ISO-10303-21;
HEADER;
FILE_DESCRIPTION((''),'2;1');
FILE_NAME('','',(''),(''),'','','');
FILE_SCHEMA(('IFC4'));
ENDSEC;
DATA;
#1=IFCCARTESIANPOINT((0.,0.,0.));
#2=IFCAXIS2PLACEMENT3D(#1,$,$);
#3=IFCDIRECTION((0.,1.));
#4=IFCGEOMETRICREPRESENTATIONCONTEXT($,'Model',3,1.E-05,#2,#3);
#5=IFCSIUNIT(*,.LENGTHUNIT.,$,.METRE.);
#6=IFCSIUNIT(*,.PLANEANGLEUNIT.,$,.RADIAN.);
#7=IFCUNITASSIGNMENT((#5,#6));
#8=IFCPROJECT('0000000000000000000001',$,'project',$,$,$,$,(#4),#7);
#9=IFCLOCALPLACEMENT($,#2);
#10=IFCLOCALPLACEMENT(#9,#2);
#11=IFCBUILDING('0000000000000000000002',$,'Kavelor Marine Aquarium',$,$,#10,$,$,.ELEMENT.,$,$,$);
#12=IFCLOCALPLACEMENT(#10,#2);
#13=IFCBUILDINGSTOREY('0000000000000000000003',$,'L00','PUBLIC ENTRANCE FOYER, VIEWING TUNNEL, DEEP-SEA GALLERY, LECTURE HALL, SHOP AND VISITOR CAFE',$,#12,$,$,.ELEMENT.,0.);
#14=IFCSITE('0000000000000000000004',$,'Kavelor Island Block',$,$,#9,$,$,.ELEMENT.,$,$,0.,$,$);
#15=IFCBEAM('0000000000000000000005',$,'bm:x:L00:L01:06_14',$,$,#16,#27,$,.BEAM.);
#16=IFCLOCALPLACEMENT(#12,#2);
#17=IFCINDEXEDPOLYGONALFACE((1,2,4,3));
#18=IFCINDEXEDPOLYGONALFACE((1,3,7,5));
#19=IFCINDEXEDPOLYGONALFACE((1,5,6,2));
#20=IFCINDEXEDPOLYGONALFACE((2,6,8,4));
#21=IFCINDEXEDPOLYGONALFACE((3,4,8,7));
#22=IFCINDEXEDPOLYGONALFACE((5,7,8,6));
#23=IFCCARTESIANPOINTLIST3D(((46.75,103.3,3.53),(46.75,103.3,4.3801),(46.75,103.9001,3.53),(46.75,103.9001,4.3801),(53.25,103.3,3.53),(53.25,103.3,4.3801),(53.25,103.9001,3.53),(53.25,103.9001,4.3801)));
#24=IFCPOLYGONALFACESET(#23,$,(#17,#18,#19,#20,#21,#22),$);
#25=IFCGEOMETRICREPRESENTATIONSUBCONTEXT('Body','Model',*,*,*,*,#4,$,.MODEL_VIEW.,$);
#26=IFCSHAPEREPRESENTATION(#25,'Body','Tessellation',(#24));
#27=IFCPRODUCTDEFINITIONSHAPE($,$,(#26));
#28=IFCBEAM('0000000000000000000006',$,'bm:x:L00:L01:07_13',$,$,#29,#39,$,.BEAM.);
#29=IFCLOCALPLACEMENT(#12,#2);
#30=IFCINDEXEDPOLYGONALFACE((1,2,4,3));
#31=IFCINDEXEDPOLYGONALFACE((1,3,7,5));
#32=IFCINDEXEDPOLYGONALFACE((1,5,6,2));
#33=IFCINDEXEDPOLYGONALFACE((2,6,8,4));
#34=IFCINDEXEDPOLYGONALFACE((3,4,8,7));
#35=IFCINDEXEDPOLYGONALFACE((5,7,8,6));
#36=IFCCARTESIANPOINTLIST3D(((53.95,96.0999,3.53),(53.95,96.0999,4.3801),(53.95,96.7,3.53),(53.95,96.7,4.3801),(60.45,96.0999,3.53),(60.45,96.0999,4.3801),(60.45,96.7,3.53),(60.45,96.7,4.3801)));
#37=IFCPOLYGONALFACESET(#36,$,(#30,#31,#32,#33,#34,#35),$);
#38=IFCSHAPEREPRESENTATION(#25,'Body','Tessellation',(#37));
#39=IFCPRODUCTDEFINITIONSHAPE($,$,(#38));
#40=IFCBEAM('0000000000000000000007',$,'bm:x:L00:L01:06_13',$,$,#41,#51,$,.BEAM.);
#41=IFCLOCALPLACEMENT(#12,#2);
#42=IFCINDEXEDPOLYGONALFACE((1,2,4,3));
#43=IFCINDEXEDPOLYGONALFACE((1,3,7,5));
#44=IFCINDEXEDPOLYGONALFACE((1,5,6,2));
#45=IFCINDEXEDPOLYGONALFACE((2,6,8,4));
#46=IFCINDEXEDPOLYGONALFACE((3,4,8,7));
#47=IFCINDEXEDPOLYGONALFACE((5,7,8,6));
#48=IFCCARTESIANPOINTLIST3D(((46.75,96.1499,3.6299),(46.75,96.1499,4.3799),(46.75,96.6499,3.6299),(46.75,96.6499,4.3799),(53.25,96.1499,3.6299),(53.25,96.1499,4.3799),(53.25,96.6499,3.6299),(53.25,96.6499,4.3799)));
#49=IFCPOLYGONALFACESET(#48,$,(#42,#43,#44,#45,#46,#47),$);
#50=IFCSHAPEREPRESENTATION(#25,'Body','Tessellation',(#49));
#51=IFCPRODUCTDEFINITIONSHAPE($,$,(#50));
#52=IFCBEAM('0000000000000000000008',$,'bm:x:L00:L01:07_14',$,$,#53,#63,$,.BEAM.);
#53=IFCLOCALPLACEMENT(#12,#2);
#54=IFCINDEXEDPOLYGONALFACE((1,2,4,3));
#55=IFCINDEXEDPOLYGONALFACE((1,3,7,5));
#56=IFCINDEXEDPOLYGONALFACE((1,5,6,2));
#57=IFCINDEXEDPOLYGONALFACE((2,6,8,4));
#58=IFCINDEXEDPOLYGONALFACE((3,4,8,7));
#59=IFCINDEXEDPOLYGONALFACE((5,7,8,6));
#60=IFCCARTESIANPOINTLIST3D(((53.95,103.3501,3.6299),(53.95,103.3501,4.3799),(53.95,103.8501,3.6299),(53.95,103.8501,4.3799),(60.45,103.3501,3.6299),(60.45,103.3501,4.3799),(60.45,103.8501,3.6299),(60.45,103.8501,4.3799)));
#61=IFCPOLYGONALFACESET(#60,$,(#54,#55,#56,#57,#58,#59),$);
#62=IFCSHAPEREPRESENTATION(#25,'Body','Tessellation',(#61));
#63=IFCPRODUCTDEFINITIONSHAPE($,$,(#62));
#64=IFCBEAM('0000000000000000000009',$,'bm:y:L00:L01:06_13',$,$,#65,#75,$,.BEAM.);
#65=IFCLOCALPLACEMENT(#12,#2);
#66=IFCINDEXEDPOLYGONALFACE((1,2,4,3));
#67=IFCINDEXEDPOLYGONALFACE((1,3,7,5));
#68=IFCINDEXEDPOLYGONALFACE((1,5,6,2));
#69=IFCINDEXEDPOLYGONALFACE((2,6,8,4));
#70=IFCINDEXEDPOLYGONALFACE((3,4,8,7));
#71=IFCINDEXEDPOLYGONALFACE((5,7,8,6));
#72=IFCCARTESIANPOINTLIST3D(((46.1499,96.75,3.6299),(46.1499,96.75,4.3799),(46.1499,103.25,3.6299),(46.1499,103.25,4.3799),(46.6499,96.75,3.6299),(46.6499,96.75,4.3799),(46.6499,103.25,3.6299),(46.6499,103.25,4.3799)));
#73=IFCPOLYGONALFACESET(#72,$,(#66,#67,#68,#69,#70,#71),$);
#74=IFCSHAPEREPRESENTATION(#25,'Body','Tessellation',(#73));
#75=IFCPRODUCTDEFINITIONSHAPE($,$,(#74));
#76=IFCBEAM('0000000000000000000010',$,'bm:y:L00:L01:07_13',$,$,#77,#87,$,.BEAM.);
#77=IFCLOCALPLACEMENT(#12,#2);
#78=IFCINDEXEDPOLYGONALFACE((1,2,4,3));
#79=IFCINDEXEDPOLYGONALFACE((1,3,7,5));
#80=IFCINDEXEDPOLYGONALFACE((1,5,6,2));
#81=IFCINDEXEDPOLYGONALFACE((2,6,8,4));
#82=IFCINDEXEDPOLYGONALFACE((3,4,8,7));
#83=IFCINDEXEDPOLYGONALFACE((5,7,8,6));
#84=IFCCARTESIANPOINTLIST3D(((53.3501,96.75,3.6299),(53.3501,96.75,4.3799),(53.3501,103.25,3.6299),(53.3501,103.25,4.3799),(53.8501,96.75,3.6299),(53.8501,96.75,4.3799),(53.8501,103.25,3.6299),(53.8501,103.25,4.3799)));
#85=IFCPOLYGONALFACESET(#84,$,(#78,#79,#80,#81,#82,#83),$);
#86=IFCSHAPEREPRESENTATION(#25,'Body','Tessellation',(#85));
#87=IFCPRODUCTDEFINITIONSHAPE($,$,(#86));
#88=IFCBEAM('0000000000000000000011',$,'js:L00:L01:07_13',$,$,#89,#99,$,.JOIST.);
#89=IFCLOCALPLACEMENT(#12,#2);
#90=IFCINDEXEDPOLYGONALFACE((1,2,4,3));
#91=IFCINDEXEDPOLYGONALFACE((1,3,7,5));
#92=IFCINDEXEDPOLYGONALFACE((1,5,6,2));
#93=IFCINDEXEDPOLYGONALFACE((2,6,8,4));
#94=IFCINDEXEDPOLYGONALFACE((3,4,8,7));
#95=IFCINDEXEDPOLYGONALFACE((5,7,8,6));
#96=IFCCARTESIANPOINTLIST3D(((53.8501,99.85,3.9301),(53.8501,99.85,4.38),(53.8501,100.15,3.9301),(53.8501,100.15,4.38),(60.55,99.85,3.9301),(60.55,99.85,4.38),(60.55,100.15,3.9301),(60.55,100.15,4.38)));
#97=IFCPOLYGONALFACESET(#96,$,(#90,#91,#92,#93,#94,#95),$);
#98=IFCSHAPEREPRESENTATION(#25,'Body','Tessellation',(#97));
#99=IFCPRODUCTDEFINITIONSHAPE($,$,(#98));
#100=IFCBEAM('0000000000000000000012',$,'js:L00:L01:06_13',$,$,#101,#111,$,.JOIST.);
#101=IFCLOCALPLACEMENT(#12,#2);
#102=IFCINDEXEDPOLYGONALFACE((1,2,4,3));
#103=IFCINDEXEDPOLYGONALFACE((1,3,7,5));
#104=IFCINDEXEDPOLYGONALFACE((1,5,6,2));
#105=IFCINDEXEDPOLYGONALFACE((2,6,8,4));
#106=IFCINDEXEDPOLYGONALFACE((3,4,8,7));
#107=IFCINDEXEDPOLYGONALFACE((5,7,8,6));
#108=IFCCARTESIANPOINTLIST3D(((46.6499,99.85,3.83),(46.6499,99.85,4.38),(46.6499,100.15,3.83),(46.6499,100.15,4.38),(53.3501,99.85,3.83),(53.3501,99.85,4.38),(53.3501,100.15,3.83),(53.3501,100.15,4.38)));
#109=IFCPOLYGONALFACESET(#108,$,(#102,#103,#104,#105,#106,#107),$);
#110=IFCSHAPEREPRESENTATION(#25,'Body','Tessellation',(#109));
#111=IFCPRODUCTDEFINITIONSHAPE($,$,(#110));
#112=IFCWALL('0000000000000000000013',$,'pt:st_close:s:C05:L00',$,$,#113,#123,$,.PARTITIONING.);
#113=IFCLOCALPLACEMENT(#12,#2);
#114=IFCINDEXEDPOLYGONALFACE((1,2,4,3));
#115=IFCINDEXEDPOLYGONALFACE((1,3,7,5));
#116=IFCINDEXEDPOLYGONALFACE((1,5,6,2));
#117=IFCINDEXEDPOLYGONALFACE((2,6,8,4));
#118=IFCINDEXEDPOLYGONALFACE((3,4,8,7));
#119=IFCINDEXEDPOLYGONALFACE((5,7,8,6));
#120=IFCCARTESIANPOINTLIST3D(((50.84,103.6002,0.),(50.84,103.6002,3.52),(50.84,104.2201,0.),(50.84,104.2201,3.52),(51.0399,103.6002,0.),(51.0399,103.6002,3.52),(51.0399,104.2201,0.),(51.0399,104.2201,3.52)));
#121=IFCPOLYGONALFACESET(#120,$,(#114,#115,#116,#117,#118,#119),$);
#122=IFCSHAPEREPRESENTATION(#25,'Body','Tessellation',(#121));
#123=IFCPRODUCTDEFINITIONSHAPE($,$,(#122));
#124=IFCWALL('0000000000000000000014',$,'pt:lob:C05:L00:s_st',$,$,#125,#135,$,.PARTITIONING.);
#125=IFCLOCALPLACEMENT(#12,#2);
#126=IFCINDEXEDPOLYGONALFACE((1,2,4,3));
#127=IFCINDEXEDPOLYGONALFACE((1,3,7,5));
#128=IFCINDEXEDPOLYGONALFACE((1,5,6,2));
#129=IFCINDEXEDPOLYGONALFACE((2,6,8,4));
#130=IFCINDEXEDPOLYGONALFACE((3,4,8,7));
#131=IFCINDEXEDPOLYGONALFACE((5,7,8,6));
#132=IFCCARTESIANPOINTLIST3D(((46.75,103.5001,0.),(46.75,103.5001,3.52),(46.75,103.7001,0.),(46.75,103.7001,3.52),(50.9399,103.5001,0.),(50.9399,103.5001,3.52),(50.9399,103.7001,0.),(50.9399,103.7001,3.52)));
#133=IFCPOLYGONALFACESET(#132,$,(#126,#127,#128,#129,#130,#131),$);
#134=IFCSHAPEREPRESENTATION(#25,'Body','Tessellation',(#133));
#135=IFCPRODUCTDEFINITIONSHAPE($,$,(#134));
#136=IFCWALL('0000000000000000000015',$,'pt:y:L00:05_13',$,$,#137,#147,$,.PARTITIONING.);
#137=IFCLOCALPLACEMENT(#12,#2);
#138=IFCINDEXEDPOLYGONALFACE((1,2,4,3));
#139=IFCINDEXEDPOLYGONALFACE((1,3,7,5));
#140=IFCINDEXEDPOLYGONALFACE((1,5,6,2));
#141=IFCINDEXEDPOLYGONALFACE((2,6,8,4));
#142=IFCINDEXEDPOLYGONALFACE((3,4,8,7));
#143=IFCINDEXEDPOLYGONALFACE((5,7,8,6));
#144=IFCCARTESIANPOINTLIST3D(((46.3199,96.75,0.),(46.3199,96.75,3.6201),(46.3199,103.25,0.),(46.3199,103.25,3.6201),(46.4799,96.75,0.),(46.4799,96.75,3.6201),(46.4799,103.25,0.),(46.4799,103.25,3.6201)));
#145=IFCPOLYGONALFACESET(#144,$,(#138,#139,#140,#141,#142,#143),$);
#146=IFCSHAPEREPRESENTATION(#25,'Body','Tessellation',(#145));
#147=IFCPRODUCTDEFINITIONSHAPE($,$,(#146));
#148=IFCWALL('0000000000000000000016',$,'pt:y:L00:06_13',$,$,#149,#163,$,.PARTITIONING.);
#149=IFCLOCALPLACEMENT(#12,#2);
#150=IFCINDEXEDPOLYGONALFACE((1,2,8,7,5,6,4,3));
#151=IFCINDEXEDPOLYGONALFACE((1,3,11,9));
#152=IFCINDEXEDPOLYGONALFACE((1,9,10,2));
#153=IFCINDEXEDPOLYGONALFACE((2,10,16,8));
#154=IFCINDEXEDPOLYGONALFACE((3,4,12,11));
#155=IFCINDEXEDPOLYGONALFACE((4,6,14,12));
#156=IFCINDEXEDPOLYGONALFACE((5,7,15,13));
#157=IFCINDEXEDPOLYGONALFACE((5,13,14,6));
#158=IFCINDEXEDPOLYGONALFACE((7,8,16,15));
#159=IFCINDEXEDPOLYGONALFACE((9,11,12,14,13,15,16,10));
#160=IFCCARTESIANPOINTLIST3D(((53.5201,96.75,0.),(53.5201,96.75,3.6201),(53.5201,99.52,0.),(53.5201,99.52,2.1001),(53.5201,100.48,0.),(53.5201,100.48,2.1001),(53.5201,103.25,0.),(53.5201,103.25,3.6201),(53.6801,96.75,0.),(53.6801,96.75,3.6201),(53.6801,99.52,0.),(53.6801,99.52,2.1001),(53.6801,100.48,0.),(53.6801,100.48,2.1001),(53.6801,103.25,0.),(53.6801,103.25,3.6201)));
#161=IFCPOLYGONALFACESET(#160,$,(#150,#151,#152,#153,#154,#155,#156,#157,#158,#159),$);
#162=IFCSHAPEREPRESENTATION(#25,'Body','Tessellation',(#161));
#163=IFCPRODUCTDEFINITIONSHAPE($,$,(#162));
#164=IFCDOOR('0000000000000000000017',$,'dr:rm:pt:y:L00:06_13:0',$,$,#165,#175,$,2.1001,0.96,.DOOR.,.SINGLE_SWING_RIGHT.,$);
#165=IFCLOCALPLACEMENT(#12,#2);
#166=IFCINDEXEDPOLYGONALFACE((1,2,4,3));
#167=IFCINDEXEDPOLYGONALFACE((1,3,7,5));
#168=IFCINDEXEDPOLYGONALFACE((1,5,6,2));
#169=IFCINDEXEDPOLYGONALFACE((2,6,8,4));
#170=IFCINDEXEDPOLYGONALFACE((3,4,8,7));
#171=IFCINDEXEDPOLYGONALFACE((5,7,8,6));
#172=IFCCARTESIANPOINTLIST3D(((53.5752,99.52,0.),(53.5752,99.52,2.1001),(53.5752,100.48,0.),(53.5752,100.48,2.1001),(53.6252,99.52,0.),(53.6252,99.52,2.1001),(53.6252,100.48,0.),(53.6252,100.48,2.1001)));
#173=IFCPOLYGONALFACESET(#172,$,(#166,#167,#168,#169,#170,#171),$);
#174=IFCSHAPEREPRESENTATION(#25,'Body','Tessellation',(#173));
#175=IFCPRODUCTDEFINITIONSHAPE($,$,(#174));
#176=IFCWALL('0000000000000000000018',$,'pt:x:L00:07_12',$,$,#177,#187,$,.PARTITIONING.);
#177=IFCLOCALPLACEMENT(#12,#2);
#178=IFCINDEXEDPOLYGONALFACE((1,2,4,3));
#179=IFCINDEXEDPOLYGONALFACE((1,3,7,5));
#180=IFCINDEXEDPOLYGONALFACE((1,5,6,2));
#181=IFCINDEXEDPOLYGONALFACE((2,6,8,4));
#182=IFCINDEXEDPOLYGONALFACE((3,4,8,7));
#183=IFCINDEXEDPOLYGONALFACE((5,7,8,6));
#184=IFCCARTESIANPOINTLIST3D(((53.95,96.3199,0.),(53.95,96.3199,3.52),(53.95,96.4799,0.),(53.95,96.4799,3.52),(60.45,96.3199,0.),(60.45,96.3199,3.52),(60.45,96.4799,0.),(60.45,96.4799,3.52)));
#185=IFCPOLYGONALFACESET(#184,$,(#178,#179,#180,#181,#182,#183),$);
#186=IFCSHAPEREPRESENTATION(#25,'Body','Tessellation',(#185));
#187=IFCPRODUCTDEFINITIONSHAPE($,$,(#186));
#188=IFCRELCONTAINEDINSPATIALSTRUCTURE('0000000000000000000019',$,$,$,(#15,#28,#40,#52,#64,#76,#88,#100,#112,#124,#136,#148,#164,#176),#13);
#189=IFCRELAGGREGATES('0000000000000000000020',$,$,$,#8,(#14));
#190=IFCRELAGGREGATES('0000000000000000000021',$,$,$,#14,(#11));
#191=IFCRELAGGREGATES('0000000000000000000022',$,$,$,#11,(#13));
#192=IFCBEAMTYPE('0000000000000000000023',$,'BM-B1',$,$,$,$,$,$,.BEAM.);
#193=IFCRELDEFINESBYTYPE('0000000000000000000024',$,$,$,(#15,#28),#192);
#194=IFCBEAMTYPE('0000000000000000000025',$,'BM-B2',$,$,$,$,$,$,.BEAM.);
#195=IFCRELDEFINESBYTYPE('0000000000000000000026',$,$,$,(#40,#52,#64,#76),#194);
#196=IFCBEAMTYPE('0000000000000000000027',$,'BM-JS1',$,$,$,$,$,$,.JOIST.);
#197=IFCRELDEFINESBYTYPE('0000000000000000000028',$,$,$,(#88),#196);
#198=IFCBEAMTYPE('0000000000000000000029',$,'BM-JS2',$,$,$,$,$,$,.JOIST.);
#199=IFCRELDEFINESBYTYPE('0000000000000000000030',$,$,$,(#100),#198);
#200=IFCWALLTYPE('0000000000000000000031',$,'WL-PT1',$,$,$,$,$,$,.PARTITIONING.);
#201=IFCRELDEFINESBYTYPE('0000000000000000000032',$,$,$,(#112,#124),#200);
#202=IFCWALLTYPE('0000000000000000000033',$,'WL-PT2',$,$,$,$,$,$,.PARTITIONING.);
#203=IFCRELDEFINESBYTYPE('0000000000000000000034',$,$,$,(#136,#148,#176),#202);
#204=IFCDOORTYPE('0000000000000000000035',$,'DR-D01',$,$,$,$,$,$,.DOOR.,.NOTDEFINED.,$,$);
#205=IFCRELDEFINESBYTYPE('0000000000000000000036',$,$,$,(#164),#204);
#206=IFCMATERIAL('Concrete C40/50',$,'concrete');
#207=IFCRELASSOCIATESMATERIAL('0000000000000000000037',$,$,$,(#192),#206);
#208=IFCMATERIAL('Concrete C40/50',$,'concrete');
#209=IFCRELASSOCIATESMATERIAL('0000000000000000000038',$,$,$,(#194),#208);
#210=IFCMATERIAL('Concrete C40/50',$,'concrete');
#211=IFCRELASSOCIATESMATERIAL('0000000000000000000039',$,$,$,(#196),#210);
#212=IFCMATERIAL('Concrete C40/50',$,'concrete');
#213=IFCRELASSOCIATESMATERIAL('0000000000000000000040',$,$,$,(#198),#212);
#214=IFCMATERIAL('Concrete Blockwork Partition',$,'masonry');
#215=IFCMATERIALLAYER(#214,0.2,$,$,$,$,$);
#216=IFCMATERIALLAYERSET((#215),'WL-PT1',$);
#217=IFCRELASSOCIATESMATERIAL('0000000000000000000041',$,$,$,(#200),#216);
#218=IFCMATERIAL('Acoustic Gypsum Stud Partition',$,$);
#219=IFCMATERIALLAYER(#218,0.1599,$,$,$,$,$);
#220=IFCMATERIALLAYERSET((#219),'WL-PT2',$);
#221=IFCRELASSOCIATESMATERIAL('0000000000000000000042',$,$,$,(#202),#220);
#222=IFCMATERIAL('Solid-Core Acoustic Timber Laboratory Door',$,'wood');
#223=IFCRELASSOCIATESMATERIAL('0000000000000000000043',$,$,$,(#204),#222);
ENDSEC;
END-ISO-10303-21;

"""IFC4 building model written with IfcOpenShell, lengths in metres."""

from ifc_helpers import new_model, si_unit, direction, frame, frame_2d, origin, origin_2d, place, context, subcontext, project, spatial, rectangle, extrude, material, layer, layer_set, material_profile, profile_set, type_object, element, fill, save


model = new_model("IFC4")

# Units and contexts
model_context = context("Model", 3, precision=1e-05, world=origin(), true_north=direction((0.0, 1.0)))
body_context = subcontext(model_context, "Body", "Model", "MODEL_VIEW")
ifc_project = project(units=[si_unit("LENGTHUNIT", "METRE"), si_unit("PLANEANGLEUNIT", "RADIAN")], contexts=[model_context])

# Site, building, storey
site_placement = place(None, origin())
site = spatial("IfcSite", under=ifc_project, at=site_placement, Name="Kavelor Island Block", CompositionType="ELEMENT", RefElevation=0.0)
building_placement = place(site_placement, origin())
building = spatial("IfcBuilding", under=site, at=building_placement, Name="Kavelor Marine Aquarium", CompositionType="ELEMENT")
storey_placement = place(building_placement, origin())
storey = spatial("IfcBuildingStorey", under=building, at=storey_placement, Name="L00", Description="PUBLIC ENTRANCE FOYER, VIEWING TUNNEL, DEEP-SEA GALLERY, LECTURE HALL, SHOP AND VISITOR CAFE", CompositionType="ELEMENT", Elevation=0.0)

# Beams
ifc_material_1 = material(Name="Concrete C40/50", Category="concrete")
ifc_material_profile_1 = material_profile(ifc_material_1, rectangle(XDim=0.6001, YDim=0.8501, at=origin_2d()), Name="RC-BM 600x850")
ifc_profile_set_1 = profile_set([ifc_material_profile_1], Name="Concrete C40/50")
beam_type_1 = type_object("IfcBeamType", Name="BM-B1", PredefinedType="BEAM", material=ifc_profile_set_1)
for number, where, z_axis, x_axis, name in (
    (1, (46.75, 103.6001, 3.9551), (1.0, 0.0, 0.0), (0.0, 1.0, 0.0), "bm:x:L00:L01:06_14"),
    (2, (53.95, 96.3999, 3.9551), (1.0, 0.0, 0.0), (0.0, 1.0, 0.0), "bm:x:L00:L01:07_13"),
):
    element("IfcBeam", number, at=place(storey_placement, frame(where, z_axis=z_axis, x_axis=x_axis)), inside=storey, type_object=beam_type_1, Name=name, PredefinedType="BEAM", context=body_context, shape_type="SweptSolid", body=[
        extrude(rectangle(XDim=0.6001, YDim=0.8501, at=origin_2d()), origin(), (0.0, 0.0, 1.0), 6.5),
    ])
ifc_material_2 = material(Name="Concrete C40/50", Category="concrete")
ifc_material_profile_2 = material_profile(ifc_material_2, rectangle(XDim=0.5, YDim=0.75, at=origin_2d()), Name="RC-BM 500x750")
ifc_profile_set_2 = profile_set([ifc_material_profile_2], Name="Concrete C40/50")
beam_type_2 = type_object("IfcBeamType", Name="BM-B2", PredefinedType="BEAM", material=ifc_profile_set_2)
for number, where, z_axis, x_axis, name in (
    (3, (46.75, 96.3999, 4.0049), (1.0, 0.0, 0.0), (0.0, 1.0, 0.0), "bm:x:L00:L01:06_13"),
    (4, (53.95, 103.6001, 4.0049), (1.0, 0.0, 0.0), (0.0, 1.0, 0.0), "bm:x:L00:L01:07_14"),
    (5, (46.3999, 96.75, 4.0049), (0.0, 1.0, 0.0), (-1.0, 0.0, 0.0), "bm:y:L00:L01:06_13"),
    (6, (53.6001, 96.75, 4.0049), (0.0, 1.0, 0.0), (-1.0, 0.0, 0.0), "bm:y:L00:L01:07_13"),
):
    element("IfcBeam", number, at=place(storey_placement, frame(where, z_axis=z_axis, x_axis=x_axis)), inside=storey, type_object=beam_type_2, Name=name, PredefinedType="BEAM", context=body_context, shape_type="SweptSolid", body=[
        extrude(rectangle(XDim=0.5, YDim=0.75, at=origin_2d()), origin(), (0.0, 0.0, 1.0), 6.5),
    ])
ifc_material_3 = material(Name="Concrete C40/50", Category="concrete")
ifc_material_profile_3 = material_profile(ifc_material_3, rectangle(XDim=0.3, YDim=0.45, at=origin_2d()), Name="RC-JS 300x450")
ifc_profile_set_3 = profile_set([ifc_material_profile_3], Name="Concrete C40/50")
beam_type_3 = type_object("IfcBeamType", Name="BM-JS1", PredefinedType="JOIST", material=ifc_profile_set_3)
beam_1_placement = place(storey_placement, frame((53.8501, 100.0, 4.155), z_axis=(1.0, 0.0, 0.0), x_axis=(0.0, 1.0, 0.0)))
element("IfcBeam", 7, at=beam_1_placement, inside=storey, type_object=beam_type_3, Name="js:L00:L01:07_13", PredefinedType="JOIST", context=body_context, shape_type="SweptSolid", body=[
    extrude(rectangle(XDim=0.3, YDim=0.45, at=origin_2d()), origin(), (0.0, 0.0, 1.0), 6.7),
])
ifc_material_4 = material(Name="Concrete C40/50", Category="concrete")
ifc_material_profile_4 = material_profile(ifc_material_4, rectangle(XDim=0.3, YDim=0.55, at=origin_2d()), Name="RC-JS 300x550")
ifc_profile_set_4 = profile_set([ifc_material_profile_4], Name="Concrete C40/50")
beam_type_4 = type_object("IfcBeamType", Name="BM-JS2", PredefinedType="JOIST", material=ifc_profile_set_4)
beam_2_placement = place(storey_placement, frame((46.6499, 100.0, 4.105), z_axis=(1.0, 0.0, 0.0), x_axis=(0.0, 1.0, 0.0)))
element("IfcBeam", 8, at=beam_2_placement, inside=storey, type_object=beam_type_4, Name="js:L00:L01:06_13", PredefinedType="JOIST", context=body_context, shape_type="SweptSolid", body=[
    extrude(rectangle(XDim=0.3, YDim=0.55, at=origin_2d()), origin(), (0.0, 0.0, 1.0), 6.7002),
])

# Walls
ifc_material_5 = material(Name="Concrete Blockwork Partition", Category="masonry")
ifc_layer_1 = layer(ifc_material_5, 0.2)
ifc_layer_set_1 = layer_set([ifc_layer_1], Name="WL-PT1")
wall_type_1 = type_object("IfcWallType", Name="WL-PT1", PredefinedType="PARTITIONING", material=ifc_layer_set_1)
wall_1_placement = place(storey_placement, frame((50.9399, 103.6001, 0.0), z_axis=(0.0, 0.0, 1.0), x_axis=(0.0, 1.0, 0.0)))
element("IfcWall", 9, at=wall_1_placement, inside=storey, type_object=wall_type_1, Name="pt:st_close:s:C05:L00", PredefinedType="PARTITIONING", context=body_context, shape_type="SweptSolid", body=[
    extrude(rectangle(XDim=0.6199, YDim=0.2, at=frame_2d((0.3101, 0.0))), origin(), (0.0, 0.0, 1.0), 3.52),
])
wall_2_placement = place(storey_placement, frame((46.75, 103.6001, 0.0), z_axis=(0.0, 0.0, 1.0), x_axis=(1.0, 0.0, 0.0)))
element("IfcWall", 10, at=wall_2_placement, inside=storey, type_object=wall_type_1, Name="pt:lob:C05:L00:s_st", PredefinedType="PARTITIONING", context=body_context, shape_type="SweptSolid", body=[
    extrude(rectangle(XDim=4.1899, YDim=0.2, at=frame_2d((2.095, 0.0))), origin(), (0.0, 0.0, 1.0), 3.52),
])

# Wall
ifc_material_6 = material(Name="Acoustic Gypsum Stud Partition")
ifc_layer_2 = layer(ifc_material_6, 0.1599)
ifc_layer_set_2 = layer_set([ifc_layer_2], Name="WL-PT2")
wall_type_2 = type_object("IfcWallType", Name="WL-PT2", PredefinedType="PARTITIONING", material=ifc_layer_set_2)
wall_3_placement = place(storey_placement, frame((46.3999, 96.75, 0.0), z_axis=(0.0, 0.0, 1.0), x_axis=(0.0, 1.0, 0.0)))
element("IfcWall", 11, at=wall_3_placement, inside=storey, type_object=wall_type_2, Name="pt:y:L00:05_13", PredefinedType="PARTITIONING", context=body_context, shape_type="SweptSolid", body=[
    extrude(rectangle(XDim=6.5, YDim=0.1599, at=frame_2d((3.25, 0.0))), origin(), (0.0, 0.0, 1.0), 3.6201),
])

# Wall, opening, door
wall_4_placement = place(storey_placement, frame((53.6001, 96.75, 0.0), z_axis=(0.0, 0.0, 1.0), x_axis=(0.0, 1.0, 0.0)))
wall_4 = element("IfcWall", 12, at=wall_4_placement, inside=storey, type_object=wall_type_2, Name="pt:y:L00:06_13", PredefinedType="PARTITIONING", context=body_context, shape_type="SweptSolid", body=[
    extrude(rectangle(XDim=6.5, YDim=0.1599, at=frame_2d((3.25, 0.0))), origin(), (0.0, 0.0, 1.0), 3.6201),
])
opening_1_placement = place(wall_4_placement, frame((2.77, 0.0, 0.0)))
opening_1 = element("IfcOpeningElement", 13, at=opening_1_placement, cuts=wall_4, PredefinedType="OPENING", context=body_context, shape_type="SweptSolid", body=[
    extrude(rectangle(XDim=0.96, YDim=2.1001, at=frame_2d((0.48, 1.05))), frame((0.0, 0.0898, 0.0), z_axis=(0.0, -1.0, 0.0), x_axis=(1.0, 0.0, 0.0)), (0.0, 0.0, 1.0), 0.1799),
])
ifc_material_7 = material(Name="Solid-Core Acoustic Timber Laboratory Door", Category="wood")
door_type_1 = type_object("IfcDoorType", Name="DR-D01", OperationType="NOTDEFINED", PredefinedType="DOOR", material=ifc_material_7)
door_1_placement = place(opening_1_placement, origin())
door_1 = element("IfcDoor", 14, at=door_1_placement, inside=storey, type_object=door_type_1, Name="dr:rm:pt:y:L00:06_13:0", OperationType="SINGLE_SWING_RIGHT", OverallHeight=2.1001, OverallWidth=0.96, PredefinedType="DOOR", context=body_context, shape_type="SweptSolid", body=[
    extrude(rectangle(XDim=0.96, YDim=2.1001, at=frame_2d((0.48, 1.05))), frame((0.0, 0.0249, 0.0), z_axis=(0.0, -1.0, 0.0), x_axis=(1.0, 0.0, 0.0)), (0.0, 0.0, 1.0), 0.05),
])
fill(opening_1, door_1)

# Wall
wall_5_placement = place(storey_placement, frame((53.95, 96.3999, 0.0), z_axis=(0.0, 0.0, 1.0), x_axis=(1.0, 0.0, 0.0)))
element("IfcWall", 15, at=wall_5_placement, inside=storey, type_object=wall_type_2, Name="pt:x:L00:07_12", PredefinedType="PARTITIONING", context=body_context, shape_type="SweptSolid", body=[
    extrude(rectangle(XDim=6.5, YDim=0.1599, at=frame_2d((3.25, 0.0))), origin(), (0.0, 0.0, 1.0), 3.52),
])

save(model, "model.ifc")
